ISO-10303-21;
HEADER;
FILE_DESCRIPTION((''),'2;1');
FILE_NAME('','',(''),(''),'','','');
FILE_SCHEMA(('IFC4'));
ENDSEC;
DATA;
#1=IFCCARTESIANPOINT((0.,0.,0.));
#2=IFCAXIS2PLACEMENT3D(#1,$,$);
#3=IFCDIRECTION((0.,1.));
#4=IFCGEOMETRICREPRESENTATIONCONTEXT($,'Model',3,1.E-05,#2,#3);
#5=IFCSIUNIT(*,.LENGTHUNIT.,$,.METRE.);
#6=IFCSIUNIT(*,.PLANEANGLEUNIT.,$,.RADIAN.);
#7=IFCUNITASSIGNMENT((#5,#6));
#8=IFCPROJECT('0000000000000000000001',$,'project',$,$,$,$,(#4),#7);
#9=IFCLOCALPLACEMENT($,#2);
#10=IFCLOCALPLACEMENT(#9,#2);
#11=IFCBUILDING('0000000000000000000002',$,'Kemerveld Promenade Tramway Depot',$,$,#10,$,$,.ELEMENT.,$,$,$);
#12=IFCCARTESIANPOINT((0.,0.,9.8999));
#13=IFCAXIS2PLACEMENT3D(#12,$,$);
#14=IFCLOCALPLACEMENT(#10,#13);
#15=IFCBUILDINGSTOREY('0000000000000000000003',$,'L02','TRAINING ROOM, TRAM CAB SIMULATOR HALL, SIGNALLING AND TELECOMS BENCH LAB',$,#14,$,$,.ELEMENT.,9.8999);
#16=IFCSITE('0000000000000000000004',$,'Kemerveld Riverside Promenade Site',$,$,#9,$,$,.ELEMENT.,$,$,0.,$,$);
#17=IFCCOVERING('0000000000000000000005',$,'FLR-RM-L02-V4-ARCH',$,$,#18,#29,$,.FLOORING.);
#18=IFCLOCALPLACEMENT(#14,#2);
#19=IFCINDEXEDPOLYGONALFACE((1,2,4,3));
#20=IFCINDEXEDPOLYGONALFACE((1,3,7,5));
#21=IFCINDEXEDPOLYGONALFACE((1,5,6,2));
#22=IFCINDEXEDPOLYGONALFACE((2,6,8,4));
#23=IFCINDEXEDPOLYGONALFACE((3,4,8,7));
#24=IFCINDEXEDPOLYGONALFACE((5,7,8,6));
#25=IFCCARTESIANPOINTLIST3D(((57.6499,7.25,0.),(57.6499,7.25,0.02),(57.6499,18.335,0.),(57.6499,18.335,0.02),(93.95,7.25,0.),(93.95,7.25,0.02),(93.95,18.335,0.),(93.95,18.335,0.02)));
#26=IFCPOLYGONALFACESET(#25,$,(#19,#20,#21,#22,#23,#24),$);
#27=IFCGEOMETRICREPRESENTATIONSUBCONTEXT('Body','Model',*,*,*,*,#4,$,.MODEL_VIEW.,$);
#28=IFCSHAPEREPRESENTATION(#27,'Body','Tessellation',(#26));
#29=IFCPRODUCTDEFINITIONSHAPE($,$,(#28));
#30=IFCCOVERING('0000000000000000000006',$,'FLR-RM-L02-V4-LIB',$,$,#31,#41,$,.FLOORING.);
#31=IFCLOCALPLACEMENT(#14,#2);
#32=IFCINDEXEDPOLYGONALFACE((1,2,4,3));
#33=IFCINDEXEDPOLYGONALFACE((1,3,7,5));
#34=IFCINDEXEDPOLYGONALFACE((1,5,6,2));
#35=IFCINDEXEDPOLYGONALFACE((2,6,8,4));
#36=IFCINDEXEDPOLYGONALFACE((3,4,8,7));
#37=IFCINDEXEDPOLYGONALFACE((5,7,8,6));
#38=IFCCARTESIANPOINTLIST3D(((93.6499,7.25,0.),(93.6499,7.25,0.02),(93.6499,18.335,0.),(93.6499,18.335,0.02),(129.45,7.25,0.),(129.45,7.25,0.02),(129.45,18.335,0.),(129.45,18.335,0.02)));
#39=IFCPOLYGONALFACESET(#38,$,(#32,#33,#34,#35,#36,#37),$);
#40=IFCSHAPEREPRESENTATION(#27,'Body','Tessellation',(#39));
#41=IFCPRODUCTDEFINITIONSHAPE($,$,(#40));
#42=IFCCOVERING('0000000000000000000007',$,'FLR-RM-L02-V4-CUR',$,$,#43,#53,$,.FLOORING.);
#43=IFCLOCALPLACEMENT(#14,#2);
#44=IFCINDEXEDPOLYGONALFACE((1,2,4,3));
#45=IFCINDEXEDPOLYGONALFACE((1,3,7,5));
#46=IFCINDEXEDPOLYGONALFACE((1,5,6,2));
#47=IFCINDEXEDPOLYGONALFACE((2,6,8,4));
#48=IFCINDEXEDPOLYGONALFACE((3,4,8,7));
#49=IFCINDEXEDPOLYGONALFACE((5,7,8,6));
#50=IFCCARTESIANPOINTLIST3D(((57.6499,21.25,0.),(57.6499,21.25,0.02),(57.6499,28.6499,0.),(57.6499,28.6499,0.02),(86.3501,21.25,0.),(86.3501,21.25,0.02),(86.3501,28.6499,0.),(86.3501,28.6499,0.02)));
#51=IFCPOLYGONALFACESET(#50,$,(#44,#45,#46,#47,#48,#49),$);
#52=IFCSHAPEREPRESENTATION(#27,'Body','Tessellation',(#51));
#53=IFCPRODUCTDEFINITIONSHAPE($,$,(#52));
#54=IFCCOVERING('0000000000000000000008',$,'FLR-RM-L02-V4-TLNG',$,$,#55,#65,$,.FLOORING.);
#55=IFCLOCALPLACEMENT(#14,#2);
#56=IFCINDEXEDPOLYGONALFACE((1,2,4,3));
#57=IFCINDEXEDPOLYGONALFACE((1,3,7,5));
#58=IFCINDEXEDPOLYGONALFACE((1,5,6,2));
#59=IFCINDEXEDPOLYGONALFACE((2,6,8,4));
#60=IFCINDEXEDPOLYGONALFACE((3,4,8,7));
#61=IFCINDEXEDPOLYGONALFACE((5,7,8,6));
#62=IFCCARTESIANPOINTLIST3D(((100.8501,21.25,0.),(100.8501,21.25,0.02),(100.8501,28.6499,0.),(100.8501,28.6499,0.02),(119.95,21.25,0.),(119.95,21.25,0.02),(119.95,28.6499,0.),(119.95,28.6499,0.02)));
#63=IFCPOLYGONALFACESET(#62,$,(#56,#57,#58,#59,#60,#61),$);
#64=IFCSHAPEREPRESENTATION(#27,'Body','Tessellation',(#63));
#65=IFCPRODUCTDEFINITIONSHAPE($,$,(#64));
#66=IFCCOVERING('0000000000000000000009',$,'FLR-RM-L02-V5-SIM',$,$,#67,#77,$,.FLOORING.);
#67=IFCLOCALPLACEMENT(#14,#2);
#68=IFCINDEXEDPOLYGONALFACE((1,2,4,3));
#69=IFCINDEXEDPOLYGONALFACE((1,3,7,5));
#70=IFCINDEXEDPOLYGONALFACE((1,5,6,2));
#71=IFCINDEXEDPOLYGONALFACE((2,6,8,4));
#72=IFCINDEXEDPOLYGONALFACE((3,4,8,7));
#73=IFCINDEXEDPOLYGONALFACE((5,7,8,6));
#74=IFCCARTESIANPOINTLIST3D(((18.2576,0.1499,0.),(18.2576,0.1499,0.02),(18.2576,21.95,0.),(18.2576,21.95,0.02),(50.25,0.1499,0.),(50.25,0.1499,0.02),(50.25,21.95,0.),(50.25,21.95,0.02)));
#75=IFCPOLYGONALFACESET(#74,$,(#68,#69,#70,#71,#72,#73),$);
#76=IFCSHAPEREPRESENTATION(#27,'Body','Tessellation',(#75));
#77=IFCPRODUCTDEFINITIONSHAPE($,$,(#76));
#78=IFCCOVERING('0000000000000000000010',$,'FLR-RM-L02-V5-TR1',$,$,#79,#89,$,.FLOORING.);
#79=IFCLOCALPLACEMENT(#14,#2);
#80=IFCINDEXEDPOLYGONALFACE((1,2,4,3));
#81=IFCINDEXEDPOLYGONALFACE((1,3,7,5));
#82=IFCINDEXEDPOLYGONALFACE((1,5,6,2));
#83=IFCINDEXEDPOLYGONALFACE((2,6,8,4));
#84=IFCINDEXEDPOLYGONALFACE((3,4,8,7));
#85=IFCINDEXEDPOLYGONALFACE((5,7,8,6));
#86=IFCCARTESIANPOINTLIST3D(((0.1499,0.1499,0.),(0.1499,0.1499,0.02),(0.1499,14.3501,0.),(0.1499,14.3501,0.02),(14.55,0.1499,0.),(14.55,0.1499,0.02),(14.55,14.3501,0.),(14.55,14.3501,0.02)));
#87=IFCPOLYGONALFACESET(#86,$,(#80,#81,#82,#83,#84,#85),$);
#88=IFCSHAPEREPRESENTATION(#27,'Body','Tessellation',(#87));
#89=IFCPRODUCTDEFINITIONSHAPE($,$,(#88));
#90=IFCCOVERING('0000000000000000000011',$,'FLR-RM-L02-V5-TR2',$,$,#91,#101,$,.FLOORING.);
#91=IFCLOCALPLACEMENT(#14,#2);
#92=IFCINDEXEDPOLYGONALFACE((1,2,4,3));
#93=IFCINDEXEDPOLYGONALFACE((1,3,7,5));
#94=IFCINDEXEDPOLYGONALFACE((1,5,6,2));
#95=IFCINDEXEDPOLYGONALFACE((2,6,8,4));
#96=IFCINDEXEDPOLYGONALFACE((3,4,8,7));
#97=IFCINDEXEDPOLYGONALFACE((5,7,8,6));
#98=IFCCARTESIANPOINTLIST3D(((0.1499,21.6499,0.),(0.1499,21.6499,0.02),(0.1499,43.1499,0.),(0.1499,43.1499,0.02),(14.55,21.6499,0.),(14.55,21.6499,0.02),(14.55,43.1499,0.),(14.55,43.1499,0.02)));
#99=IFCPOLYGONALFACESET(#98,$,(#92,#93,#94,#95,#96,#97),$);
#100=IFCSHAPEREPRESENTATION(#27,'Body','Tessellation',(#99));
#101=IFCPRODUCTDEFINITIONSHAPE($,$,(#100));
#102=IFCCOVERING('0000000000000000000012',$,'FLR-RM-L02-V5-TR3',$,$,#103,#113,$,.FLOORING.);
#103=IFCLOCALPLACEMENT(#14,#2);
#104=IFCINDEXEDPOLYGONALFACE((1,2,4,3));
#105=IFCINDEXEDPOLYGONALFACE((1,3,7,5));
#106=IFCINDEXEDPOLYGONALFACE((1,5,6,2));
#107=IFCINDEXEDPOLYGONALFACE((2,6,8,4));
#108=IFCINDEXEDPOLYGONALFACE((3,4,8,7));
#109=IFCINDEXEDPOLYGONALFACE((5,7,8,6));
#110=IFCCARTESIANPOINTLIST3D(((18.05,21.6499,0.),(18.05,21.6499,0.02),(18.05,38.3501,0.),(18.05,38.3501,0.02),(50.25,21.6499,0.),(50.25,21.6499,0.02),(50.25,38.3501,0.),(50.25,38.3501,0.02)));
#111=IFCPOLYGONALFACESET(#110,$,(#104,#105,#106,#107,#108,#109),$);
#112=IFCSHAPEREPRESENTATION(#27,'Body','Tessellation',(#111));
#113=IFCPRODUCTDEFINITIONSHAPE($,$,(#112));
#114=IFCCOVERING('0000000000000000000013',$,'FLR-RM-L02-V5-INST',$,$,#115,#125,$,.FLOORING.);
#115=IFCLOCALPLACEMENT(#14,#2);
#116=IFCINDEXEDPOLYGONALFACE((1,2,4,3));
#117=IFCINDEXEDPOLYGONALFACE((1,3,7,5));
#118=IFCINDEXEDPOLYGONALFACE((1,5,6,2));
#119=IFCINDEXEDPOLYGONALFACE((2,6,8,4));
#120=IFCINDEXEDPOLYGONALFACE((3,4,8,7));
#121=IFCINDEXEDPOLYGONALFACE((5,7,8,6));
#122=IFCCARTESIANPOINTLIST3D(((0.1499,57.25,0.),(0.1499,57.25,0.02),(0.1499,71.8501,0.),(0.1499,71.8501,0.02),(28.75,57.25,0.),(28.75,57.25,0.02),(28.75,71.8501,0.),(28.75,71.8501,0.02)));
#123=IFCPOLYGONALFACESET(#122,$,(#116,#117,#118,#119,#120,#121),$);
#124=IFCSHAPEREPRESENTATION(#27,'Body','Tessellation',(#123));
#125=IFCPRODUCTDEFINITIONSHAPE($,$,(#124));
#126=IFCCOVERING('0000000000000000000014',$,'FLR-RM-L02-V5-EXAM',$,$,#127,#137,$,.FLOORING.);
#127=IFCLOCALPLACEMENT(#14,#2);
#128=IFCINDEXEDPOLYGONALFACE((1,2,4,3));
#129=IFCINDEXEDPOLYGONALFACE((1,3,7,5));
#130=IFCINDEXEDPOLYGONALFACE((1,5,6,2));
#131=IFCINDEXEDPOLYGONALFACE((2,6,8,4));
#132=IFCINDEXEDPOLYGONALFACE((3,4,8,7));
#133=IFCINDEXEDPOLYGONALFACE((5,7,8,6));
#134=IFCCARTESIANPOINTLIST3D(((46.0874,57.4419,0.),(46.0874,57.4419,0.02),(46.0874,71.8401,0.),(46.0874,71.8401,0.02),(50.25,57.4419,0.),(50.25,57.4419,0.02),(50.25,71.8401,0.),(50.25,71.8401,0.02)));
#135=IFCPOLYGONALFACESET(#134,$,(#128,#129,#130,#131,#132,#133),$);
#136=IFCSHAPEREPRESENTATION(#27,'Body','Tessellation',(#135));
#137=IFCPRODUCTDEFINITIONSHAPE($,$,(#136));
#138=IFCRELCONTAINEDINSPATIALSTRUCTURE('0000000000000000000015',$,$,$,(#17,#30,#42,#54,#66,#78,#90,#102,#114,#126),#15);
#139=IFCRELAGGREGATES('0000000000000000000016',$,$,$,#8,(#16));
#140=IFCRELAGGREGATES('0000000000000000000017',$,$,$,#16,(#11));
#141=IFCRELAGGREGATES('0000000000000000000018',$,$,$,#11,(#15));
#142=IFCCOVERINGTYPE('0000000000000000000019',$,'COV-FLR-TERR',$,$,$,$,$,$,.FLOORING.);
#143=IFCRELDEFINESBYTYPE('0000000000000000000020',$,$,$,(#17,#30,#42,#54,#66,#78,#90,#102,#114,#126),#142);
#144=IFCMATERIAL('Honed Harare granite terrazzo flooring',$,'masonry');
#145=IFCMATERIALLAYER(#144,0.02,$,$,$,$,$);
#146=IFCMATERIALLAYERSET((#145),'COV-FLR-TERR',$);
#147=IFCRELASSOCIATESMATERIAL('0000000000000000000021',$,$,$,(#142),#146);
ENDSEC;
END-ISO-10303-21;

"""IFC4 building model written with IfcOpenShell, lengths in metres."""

from ifc_helpers import new_model, si_unit, direction, frame, origin, place, context, subcontext, project, spatial, polyline, outline, extrude, material, layer, layer_set, type_object, element, save


model = new_model("IFC4")

# Units and contexts
model_context = context("Model", 3, precision=1e-05, world=origin(), true_north=direction((0.0, 1.0)))
body_context = subcontext(model_context, "Body", "Model", "MODEL_VIEW")
ifc_project = project(units=[si_unit("LENGTHUNIT", "METRE"), si_unit("PLANEANGLEUNIT", "RADIAN")], contexts=[model_context])

# Site, building, storey
site_placement = place(None, origin())
site = spatial("IfcSite", under=ifc_project, at=site_placement, Name="Kemerveld Riverside Promenade Site", CompositionType="ELEMENT", RefElevation=0.0)
building_placement = place(site_placement, origin())
building = spatial("IfcBuilding", under=site, at=building_placement, Name="Kemerveld Promenade Tramway Depot", CompositionType="ELEMENT")
storey_placement = place(building_placement, frame((0.0, 0.0, 9.8999)))
storey = spatial("IfcBuildingStorey", under=building, at=storey_placement, Name="L02", Description="TRAINING ROOM, TRAM CAB SIMULATOR HALL, SIGNALLING AND TELECOMS BENCH LAB", CompositionType="ELEMENT", Elevation=9.8999)

# Coverings
ifc_material_1 = material(Name="Honed Harare granite terrazzo flooring", Category="masonry")
ifc_layer_1 = layer(ifc_material_1, 0.02)
ifc_layer_set_1 = layer_set([ifc_layer_1], Name="COV-FLR-TERR")
covering_type_1 = type_object("IfcCoveringType", Name="COV-FLR-TERR", PredefinedType="FLOORING", material=ifc_layer_set_1)
covering_1_placement = place(storey_placement, origin())
element("IfcCovering", 1, at=covering_1_placement, inside=storey, type_object=covering_type_1, Name="FLR-RM-L02-V4-ARCH", PredefinedType="FLOORING", context=body_context, shape_type="SweptSolid", body=[
    extrude(outline(polyline([(57.6499, 7.25), (93.95, 7.25), (93.95, 18.335), (57.6499, 18.335), (57.6499, 7.25)])), origin(), (0.0, 0.0, 1.0), 0.02),
])
covering_2_placement = place(storey_placement, origin())
element("IfcCovering", 2, at=covering_2_placement, inside=storey, type_object=covering_type_1, Name="FLR-RM-L02-V4-LIB", PredefinedType="FLOORING", context=body_context, shape_type="SweptSolid", body=[
    extrude(outline(polyline([(93.6499, 7.25), (129.45, 7.25), (129.45, 18.335), (93.6499, 18.335), (93.6499, 7.25)])), origin(), (0.0, 0.0, 1.0), 0.02),
])
covering_3_placement = place(storey_placement, origin())
element("IfcCovering", 3, at=covering_3_placement, inside=storey, type_object=covering_type_1, Name="FLR-RM-L02-V4-CUR", PredefinedType="FLOORING", context=body_context, shape_type="SweptSolid", body=[
    extrude(outline(polyline([(57.6499, 21.25), (86.3501, 21.25), (86.3501, 28.6499), (57.6499, 28.6499), (57.6499, 21.25)])), origin(), (0.0, 0.0, 1.0), 0.02),
])
covering_4_placement = place(storey_placement, origin())
element("IfcCovering", 4, at=covering_4_placement, inside=storey, type_object=covering_type_1, Name="FLR-RM-L02-V4-TLNG", PredefinedType="FLOORING", context=body_context, shape_type="SweptSolid", body=[
    extrude(outline(polyline([(100.8501, 21.25), (119.95, 21.25), (119.95, 28.6499), (100.8501, 28.6499), (100.8501, 21.25)])), origin(), (0.0, 0.0, 1.0), 0.02),
])
covering_5_placement = place(storey_placement, origin())
element("IfcCovering", 5, at=covering_5_placement, inside=storey, type_object=covering_type_1, Name="FLR-RM-L02-V5-SIM", PredefinedType="FLOORING", context=body_context, shape_type="SweptSolid", body=[
    extrude(outline(polyline([(18.2576, 0.1499), (50.25, 0.1499), (50.25, 21.95), (18.2576, 21.95), (18.2576, 0.1499)])), origin(), (0.0, 0.0, 1.0), 0.02),
])
covering_6_placement = place(storey_placement, origin())
element("IfcCovering", 6, at=covering_6_placement, inside=storey, type_object=covering_type_1, Name="FLR-RM-L02-V5-TR1", PredefinedType="FLOORING", context=body_context, shape_type="SweptSolid", body=[
    extrude(outline(polyline([(0.1499, 0.1499), (14.55, 0.1499), (14.55, 14.3501), (0.1499, 14.3501), (0.1499, 0.1499)])), origin(), (0.0, 0.0, 1.0), 0.02),
])
covering_7_placement = place(storey_placement, origin())
element("IfcCovering", 7, at=covering_7_placement, inside=storey, type_object=covering_type_1, Name="FLR-RM-L02-V5-TR2", PredefinedType="FLOORING", context=body_context, shape_type="SweptSolid", body=[
    extrude(outline(polyline([(0.1499, 21.6499), (14.55, 21.6499), (14.55, 43.1499), (0.1499, 43.1499), (0.1499, 21.6499)])), origin(), (0.0, 0.0, 1.0), 0.02),
])
covering_8_placement = place(storey_placement, origin())
element("IfcCovering", 8, at=covering_8_placement, inside=storey, type_object=covering_type_1, Name="FLR-RM-L02-V5-TR3", PredefinedType="FLOORING", context=body_context, shape_type="SweptSolid", body=[
    extrude(outline(polyline([(18.05, 21.6499), (50.25, 21.6499), (50.25, 38.3501), (18.05, 38.3501), (18.05, 21.6499)])), origin(), (0.0, 0.0, 1.0), 0.02),
])
covering_9_placement = place(storey_placement, origin())
element("IfcCovering", 9, at=covering_9_placement, inside=storey, type_object=covering_type_1, Name="FLR-RM-L02-V5-INST", PredefinedType="FLOORING", context=body_context, shape_type="SweptSolid", body=[
    extrude(outline(polyline([(0.1499, 57.25), (28.75, 57.25), (28.75, 71.8501), (0.1499, 71.8501), (0.1499, 57.25)])), origin(), (0.0, 0.0, 1.0), 0.02),
])
covering_10_placement = place(storey_placement, origin())
element("IfcCovering", 10, at=covering_10_placement, inside=storey, type_object=covering_type_1, Name="FLR-RM-L02-V5-EXAM", PredefinedType="FLOORING", context=body_context, shape_type="SweptSolid", body=[
    extrude(outline(polyline([(46.0874, 57.4419), (50.25, 57.4419), (50.25, 71.8401), (46.0874, 71.8401), (46.0874, 57.4419)])), origin(), (0.0, 0.0, 1.0), 0.02),
])

save(model, "model.ifc")
